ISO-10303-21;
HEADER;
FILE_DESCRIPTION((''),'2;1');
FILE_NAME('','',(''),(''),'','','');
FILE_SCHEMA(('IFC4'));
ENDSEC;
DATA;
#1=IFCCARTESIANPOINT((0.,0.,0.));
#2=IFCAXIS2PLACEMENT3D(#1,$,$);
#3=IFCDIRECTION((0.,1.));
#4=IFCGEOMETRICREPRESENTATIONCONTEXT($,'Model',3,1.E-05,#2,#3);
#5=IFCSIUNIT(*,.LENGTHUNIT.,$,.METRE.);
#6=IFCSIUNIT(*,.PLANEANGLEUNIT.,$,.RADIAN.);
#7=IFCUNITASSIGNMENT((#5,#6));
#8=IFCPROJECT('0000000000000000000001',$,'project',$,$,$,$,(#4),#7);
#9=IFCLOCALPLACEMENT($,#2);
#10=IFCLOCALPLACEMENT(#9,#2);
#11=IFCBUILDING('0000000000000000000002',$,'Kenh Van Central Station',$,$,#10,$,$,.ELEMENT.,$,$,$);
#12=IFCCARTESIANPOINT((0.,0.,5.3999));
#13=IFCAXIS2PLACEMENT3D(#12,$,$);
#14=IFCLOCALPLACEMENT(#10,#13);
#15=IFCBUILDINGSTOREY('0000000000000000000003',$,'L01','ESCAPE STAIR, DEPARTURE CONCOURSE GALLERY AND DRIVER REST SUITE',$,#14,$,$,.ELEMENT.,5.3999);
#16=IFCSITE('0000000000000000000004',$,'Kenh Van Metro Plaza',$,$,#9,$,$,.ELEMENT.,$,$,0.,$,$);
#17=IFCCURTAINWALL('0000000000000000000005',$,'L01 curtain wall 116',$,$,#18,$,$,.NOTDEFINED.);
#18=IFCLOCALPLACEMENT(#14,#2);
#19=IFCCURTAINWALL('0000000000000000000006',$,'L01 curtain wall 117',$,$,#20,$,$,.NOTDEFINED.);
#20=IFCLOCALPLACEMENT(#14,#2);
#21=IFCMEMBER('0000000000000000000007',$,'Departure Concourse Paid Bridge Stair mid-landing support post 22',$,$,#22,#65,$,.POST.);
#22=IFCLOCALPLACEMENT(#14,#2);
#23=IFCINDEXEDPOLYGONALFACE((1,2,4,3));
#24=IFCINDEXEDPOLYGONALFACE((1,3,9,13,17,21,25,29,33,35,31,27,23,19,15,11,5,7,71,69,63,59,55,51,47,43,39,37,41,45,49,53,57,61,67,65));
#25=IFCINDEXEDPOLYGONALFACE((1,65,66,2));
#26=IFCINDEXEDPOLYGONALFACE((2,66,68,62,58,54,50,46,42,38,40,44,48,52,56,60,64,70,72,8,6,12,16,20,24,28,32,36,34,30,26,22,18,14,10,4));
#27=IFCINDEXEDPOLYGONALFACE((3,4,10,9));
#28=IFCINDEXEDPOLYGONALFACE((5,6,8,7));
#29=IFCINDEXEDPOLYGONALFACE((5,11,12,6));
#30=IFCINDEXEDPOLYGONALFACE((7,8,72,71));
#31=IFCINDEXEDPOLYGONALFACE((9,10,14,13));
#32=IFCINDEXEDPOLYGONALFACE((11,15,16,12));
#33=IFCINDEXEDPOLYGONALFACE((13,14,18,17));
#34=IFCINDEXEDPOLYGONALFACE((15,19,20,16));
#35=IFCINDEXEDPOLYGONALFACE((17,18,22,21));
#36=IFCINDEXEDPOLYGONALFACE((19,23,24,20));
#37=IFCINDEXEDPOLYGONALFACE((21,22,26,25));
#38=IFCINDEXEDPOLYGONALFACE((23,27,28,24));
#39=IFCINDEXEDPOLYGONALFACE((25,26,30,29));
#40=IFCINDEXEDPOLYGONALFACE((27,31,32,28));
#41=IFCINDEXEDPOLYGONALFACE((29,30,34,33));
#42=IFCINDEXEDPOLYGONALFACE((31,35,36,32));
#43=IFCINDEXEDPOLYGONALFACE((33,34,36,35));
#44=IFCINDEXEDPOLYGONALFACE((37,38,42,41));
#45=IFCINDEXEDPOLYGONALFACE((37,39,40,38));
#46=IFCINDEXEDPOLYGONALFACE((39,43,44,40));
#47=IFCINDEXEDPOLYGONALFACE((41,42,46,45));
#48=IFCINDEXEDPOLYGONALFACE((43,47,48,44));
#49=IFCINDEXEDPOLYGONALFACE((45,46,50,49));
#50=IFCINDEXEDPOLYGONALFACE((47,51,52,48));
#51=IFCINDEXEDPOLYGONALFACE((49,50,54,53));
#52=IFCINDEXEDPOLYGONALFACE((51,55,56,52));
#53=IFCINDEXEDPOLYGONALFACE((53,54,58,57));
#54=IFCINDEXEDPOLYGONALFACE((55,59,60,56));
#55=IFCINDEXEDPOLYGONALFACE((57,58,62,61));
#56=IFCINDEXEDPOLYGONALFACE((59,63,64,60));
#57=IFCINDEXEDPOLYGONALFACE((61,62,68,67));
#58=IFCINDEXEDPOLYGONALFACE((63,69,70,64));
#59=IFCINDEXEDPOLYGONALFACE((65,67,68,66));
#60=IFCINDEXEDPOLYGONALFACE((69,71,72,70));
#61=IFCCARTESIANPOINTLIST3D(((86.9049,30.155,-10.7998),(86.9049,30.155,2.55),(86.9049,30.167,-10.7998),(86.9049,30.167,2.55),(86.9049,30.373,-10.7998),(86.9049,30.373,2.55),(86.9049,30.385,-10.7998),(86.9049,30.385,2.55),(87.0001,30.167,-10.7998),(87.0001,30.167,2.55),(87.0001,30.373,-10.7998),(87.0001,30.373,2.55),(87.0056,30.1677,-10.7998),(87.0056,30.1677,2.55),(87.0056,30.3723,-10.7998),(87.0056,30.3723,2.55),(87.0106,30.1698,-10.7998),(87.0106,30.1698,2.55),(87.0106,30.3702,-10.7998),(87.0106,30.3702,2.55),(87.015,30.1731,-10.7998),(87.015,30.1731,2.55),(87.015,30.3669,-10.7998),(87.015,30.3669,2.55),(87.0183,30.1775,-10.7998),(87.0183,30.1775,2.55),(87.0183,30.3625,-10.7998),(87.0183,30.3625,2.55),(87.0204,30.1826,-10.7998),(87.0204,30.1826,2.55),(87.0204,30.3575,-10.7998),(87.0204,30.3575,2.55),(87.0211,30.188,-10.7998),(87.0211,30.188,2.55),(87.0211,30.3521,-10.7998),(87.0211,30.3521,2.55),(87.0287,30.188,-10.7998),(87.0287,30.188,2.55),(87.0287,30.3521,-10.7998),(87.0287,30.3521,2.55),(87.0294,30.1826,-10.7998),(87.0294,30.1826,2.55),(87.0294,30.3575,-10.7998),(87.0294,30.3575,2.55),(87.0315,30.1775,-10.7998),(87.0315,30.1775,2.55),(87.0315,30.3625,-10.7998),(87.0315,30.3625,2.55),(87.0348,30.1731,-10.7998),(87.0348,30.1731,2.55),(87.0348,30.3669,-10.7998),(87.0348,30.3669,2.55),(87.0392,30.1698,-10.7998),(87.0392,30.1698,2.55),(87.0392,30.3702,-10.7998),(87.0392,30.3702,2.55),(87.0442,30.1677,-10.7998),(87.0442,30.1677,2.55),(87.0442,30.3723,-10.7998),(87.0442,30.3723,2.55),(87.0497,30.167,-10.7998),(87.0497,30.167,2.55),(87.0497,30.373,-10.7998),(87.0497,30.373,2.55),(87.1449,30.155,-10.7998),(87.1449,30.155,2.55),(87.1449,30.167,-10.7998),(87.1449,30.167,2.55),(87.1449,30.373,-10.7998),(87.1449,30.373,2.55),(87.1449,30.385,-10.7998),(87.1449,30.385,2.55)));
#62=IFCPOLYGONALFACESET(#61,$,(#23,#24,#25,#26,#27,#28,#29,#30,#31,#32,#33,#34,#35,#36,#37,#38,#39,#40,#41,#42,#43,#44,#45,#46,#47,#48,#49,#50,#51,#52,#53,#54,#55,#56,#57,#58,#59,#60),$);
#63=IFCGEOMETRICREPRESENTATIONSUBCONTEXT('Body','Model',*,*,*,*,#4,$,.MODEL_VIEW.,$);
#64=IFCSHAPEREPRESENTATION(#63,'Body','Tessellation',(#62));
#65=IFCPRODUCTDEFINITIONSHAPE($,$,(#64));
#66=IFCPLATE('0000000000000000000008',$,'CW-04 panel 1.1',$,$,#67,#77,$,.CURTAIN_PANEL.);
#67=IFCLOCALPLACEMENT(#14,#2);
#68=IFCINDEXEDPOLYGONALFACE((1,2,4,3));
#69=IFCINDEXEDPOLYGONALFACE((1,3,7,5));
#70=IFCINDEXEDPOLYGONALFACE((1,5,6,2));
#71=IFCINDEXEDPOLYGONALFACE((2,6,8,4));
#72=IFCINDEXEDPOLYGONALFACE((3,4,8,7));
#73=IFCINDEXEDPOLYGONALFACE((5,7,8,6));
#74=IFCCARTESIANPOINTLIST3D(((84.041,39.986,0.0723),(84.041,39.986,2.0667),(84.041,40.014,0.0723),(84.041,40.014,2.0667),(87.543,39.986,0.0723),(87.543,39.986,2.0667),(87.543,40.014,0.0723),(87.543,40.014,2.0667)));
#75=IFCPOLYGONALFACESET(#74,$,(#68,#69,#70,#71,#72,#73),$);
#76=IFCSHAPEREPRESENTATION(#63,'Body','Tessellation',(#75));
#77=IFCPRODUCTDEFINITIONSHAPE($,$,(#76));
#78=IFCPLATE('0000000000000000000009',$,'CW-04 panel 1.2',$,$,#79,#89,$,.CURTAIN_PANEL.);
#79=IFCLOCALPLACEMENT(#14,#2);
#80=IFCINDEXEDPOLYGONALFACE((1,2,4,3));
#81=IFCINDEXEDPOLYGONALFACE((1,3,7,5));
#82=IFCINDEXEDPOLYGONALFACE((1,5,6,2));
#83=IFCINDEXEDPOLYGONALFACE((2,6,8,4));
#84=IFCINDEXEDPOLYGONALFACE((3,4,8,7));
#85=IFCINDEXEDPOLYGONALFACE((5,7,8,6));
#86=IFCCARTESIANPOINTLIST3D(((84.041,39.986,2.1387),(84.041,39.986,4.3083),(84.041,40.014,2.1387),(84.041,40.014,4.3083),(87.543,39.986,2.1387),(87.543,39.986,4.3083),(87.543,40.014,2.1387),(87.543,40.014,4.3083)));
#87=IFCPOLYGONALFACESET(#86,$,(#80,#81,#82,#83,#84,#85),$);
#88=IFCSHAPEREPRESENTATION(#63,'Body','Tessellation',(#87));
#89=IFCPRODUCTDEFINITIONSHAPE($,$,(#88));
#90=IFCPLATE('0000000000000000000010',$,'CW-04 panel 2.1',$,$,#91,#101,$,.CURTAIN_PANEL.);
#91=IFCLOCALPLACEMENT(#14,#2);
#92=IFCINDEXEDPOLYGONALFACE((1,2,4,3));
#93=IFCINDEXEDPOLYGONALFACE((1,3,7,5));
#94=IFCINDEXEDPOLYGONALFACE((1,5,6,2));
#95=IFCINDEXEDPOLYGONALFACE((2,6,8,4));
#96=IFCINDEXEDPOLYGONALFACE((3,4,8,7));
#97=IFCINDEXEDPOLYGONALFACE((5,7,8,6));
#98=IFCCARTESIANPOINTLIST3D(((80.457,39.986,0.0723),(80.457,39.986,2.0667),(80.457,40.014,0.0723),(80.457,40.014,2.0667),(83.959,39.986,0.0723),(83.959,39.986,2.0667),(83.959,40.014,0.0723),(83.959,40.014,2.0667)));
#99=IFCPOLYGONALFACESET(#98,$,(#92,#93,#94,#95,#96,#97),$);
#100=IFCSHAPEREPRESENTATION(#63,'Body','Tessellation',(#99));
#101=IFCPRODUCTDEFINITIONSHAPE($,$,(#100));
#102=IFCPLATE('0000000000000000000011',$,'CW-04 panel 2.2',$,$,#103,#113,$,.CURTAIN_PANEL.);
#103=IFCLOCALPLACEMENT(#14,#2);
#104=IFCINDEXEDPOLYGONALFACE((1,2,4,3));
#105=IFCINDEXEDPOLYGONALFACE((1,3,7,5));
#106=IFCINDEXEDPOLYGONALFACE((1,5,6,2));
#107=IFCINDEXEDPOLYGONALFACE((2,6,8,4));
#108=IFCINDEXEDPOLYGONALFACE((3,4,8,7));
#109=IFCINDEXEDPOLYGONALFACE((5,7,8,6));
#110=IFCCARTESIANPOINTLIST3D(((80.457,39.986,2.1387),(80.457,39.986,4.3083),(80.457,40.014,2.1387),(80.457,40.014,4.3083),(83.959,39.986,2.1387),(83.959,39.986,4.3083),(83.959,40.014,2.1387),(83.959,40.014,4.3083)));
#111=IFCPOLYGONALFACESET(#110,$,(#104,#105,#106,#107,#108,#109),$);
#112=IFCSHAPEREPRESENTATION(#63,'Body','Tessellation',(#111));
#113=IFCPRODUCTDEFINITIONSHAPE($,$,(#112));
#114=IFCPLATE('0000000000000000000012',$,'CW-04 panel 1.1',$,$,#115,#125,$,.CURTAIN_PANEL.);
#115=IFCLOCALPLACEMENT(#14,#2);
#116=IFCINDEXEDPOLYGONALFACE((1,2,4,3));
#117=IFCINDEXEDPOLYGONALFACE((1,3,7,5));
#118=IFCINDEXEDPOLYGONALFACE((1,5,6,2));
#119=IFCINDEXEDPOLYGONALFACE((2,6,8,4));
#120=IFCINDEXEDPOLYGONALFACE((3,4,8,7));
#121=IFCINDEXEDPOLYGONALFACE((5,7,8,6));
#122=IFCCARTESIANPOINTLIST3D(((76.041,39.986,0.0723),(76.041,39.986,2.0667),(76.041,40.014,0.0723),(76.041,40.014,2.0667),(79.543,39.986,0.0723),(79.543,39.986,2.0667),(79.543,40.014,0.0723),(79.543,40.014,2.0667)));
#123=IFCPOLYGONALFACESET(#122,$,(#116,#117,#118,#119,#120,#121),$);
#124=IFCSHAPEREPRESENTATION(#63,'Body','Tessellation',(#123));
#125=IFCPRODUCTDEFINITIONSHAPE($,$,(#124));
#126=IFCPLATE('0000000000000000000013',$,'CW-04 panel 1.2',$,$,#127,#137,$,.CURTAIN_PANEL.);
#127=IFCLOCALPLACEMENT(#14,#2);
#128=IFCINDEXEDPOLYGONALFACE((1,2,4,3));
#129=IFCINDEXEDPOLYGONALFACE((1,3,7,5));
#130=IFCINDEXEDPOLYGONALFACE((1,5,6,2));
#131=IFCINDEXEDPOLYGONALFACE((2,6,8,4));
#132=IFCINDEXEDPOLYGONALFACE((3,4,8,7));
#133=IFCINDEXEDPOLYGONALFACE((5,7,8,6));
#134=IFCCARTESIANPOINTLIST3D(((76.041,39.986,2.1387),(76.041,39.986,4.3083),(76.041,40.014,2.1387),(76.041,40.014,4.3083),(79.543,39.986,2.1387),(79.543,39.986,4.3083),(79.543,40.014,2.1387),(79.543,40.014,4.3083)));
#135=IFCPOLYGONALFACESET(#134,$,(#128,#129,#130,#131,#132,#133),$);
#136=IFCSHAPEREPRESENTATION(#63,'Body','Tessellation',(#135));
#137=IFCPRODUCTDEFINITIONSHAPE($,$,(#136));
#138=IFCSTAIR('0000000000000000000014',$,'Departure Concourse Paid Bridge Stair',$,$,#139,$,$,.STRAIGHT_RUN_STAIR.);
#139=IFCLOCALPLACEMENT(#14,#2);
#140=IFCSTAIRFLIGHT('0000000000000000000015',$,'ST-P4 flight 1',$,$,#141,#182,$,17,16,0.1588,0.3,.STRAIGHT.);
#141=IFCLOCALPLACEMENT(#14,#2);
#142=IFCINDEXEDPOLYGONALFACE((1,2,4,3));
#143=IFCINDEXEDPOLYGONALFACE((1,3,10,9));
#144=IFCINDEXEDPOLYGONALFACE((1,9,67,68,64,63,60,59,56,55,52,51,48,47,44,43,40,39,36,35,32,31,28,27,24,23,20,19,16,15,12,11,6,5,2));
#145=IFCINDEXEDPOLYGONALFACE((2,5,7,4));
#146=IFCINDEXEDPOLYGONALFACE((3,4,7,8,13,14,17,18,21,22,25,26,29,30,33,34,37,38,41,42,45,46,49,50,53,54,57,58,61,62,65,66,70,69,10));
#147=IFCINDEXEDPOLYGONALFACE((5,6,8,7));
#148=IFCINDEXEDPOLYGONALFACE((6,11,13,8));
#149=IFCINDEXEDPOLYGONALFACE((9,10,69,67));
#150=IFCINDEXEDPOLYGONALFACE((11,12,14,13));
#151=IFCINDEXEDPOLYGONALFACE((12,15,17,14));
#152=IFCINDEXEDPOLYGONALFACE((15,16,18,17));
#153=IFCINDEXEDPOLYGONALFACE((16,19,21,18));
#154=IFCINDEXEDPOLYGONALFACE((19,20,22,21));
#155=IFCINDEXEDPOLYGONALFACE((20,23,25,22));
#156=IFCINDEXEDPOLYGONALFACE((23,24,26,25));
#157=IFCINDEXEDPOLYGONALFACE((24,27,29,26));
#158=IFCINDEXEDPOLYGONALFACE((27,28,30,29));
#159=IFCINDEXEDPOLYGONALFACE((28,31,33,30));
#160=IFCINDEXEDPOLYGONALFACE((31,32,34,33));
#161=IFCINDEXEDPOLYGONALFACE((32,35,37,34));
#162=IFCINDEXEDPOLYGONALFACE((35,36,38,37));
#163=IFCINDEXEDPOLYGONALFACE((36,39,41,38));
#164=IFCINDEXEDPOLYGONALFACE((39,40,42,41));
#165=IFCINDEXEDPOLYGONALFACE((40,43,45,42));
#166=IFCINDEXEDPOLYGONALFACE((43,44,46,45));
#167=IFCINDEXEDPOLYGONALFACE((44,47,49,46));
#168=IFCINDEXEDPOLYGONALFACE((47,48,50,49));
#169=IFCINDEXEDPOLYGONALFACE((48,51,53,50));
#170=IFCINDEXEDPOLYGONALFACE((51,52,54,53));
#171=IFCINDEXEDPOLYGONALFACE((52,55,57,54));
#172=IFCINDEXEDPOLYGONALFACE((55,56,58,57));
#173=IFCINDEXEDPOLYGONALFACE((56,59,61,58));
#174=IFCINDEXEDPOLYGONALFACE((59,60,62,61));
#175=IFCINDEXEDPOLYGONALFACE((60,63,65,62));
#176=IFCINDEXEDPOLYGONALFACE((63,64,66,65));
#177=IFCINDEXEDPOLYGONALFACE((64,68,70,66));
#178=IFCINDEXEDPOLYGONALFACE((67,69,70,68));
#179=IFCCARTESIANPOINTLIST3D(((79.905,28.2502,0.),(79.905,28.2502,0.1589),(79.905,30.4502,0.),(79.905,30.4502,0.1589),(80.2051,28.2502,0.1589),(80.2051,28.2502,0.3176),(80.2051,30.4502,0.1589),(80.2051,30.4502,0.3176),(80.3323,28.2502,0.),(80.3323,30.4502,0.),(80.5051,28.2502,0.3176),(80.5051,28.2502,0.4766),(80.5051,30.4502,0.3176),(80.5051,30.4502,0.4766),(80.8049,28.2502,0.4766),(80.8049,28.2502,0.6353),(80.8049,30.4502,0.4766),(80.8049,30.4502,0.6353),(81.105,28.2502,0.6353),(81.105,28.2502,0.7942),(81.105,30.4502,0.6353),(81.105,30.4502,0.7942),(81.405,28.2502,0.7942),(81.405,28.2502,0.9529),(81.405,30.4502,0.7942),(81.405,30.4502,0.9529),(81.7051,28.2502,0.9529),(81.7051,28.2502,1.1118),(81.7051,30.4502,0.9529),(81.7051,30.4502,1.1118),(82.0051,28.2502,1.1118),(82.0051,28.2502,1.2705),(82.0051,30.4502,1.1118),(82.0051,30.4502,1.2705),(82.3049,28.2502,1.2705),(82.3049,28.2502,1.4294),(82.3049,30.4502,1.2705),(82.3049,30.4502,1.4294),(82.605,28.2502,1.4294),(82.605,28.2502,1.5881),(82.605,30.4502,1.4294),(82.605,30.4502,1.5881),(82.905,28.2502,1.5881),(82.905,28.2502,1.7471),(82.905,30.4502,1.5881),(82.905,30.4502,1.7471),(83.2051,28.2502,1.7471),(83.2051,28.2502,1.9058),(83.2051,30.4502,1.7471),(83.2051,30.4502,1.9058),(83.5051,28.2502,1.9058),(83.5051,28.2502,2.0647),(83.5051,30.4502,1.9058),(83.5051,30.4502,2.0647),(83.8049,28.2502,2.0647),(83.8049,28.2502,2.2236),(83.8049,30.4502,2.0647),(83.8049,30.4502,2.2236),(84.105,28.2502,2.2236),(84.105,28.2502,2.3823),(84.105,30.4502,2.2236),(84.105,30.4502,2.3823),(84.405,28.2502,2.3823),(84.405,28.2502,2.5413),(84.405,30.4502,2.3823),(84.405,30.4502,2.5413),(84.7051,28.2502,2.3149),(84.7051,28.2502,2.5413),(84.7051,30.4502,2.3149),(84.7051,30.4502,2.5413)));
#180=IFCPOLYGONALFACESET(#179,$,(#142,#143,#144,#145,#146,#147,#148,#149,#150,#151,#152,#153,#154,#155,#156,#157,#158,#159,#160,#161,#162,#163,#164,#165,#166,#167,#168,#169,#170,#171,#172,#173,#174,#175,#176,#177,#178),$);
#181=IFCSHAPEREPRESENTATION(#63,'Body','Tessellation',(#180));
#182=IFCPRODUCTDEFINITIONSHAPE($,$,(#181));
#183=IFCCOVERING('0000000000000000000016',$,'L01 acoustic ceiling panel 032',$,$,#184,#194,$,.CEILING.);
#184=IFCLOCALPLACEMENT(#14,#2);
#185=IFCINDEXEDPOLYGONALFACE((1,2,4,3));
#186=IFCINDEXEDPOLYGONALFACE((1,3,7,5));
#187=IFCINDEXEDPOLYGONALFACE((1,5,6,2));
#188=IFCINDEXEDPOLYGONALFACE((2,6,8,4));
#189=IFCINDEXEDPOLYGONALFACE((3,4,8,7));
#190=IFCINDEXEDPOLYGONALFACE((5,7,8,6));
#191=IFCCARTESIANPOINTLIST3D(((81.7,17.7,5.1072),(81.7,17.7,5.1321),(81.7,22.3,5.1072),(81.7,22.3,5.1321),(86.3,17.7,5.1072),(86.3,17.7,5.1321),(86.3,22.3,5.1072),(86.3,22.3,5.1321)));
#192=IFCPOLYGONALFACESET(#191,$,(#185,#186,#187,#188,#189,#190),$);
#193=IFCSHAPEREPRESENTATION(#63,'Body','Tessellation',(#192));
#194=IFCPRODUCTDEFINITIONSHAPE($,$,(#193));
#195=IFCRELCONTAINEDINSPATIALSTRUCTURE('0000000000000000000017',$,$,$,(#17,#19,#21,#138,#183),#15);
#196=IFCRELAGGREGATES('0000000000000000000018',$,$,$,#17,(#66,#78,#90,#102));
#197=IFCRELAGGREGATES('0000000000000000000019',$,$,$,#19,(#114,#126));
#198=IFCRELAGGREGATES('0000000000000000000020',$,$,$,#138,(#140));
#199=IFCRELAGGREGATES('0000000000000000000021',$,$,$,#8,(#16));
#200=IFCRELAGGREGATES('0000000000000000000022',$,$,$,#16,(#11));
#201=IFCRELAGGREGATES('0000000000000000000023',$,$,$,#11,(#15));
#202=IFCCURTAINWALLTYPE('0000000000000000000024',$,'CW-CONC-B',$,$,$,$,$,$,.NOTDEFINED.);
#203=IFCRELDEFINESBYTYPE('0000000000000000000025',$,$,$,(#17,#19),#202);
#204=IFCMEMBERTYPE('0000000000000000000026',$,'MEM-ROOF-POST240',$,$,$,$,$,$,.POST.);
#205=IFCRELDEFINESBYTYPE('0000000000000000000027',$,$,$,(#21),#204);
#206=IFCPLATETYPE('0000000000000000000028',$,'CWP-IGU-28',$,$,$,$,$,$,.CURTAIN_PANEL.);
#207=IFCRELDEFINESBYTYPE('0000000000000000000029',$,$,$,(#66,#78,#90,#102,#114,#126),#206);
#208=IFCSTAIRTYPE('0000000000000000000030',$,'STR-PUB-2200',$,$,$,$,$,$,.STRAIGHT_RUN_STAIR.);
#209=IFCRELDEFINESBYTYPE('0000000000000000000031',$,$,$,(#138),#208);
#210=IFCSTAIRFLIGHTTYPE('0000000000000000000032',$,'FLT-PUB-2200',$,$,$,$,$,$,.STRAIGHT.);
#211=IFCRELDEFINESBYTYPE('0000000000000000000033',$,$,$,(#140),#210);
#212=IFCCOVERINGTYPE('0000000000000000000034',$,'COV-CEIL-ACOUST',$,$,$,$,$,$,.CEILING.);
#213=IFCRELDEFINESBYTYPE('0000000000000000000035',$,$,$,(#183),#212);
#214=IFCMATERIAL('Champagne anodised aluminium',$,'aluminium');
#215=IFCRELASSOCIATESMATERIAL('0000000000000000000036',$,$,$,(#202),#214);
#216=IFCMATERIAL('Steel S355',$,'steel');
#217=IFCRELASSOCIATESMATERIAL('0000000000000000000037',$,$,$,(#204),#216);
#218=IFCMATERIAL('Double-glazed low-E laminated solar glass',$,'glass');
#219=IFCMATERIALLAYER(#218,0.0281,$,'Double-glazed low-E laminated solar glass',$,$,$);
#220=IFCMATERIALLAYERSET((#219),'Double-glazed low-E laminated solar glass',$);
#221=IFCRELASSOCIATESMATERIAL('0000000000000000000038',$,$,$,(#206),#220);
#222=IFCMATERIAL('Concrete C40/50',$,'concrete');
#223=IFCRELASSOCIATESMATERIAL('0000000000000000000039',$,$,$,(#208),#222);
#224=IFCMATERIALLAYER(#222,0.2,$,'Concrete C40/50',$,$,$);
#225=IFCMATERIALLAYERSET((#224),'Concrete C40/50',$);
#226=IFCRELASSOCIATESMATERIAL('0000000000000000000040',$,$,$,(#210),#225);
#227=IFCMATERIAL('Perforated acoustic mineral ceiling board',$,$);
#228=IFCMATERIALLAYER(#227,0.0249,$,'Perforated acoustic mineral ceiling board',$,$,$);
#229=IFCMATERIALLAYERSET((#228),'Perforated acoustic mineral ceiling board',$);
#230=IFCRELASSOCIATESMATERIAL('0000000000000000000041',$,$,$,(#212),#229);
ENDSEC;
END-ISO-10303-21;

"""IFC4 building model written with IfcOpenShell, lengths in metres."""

from ifc_helpers import new_model, si_unit, direction, frame, origin, origin_2d, place, context, subcontext, project, spatial, polyline, rectangle, i_section, outline, extrude, material, layer, layer_set, material_profile, profile_set, type_object, element, aggregate, save


model = new_model("IFC4")

# Units and contexts
model_context = context("Model", 3, precision=1e-05, world=origin(), true_north=direction((0.0, 1.0)))
body_context = subcontext(model_context, "Body", "Model", "MODEL_VIEW")
ifc_project = project(units=[si_unit("LENGTHUNIT", "METRE"), si_unit("PLANEANGLEUNIT", "RADIAN")], contexts=[model_context])

# Site, building, storey
site_placement = place(None, origin())
site = spatial("IfcSite", under=ifc_project, at=site_placement, Name="Kenh Van Metro Plaza", CompositionType="ELEMENT", RefElevation=0.0)
building_placement = place(site_placement, origin())
building = spatial("IfcBuilding", under=site, at=building_placement, Name="Kenh Van Central Station", CompositionType="ELEMENT")
storey_placement = place(building_placement, frame((0.0, 0.0, 5.3999)))
storey = spatial("IfcBuildingStorey", under=building, at=storey_placement, Name="L01", Description="ESCAPE STAIR, DEPARTURE CONCOURSE GALLERY AND DRIVER REST SUITE", CompositionType="ELEMENT", Elevation=5.3999)

# Shared definitions
ifc_material_1 = material(Name="Concrete C40/50", Category="concrete")

# Curtain walls
ifc_material_2 = material(Name="Champagne anodised aluminium", Category="aluminium")
curtain_wall_type = type_object("IfcCurtainWallType", Name="CW-CONC-B", PredefinedType="NOTDEFINED", material=ifc_material_2)
curtain_wall_1_placement = place(storey_placement, origin())
curtain_wall_1 = element("IfcCurtainWall", 1, at=curtain_wall_1_placement, inside=storey, type_object=curtain_wall_type, Name="L01 curtain wall 116", PredefinedType="NOTDEFINED")
curtain_wall_2_placement = place(storey_placement, origin())
curtain_wall_2 = element("IfcCurtainWall", 2, at=curtain_wall_2_placement, inside=storey, type_object=curtain_wall_type, Name="L01 curtain wall 117", PredefinedType="NOTDEFINED")

# Member
ifc_material_3 = material(Name="Steel S355", Category="steel")
ifc_material_profile_1 = material_profile(ifc_material_3, i_section(OverallWidth=0.24, OverallDepth=0.23, WebThickness=0.0076, FlangeThickness=0.012, FilletRadius=0.021, at=origin_2d()), Name="HEA 240")
ifc_profile_set_1 = profile_set([ifc_material_profile_1], Name="Steel S355")
member_type_1 = type_object("IfcMemberType", Name="MEM-ROOF-POST240", PredefinedType="POST", material=ifc_profile_set_1)
for number, where, z_axis, x_axis, name in (
    (3, (87.0249, 30.27, -10.7998), (0.0, 0.0, 1.0), (1.0, 0.0, 0.0), "Departure Concourse Paid Bridge Stair mid-landing support post 22"),
):
    element("IfcMember", number, at=place(storey_placement, frame(where, z_axis=z_axis, x_axis=x_axis)), inside=storey, type_object=member_type_1, Name=name, PredefinedType="POST", context=body_context, shape_type="SweptSolid", body=[
        extrude(i_section(OverallWidth=0.24, OverallDepth=0.23, WebThickness=0.0076, FlangeThickness=0.012, FilletRadius=0.021, at=origin_2d()), origin(), (0.0, 0.0, 1.0), 13.3499),
    ])

# Plates
ifc_material_4 = material(Name="Double-glazed low-E laminated solar glass", Category="glass")
ifc_layer_1 = layer(ifc_material_4, 0.0281, Name="Double-glazed low-E laminated solar glass")
ifc_layer_set_1 = layer_set([ifc_layer_1], Name="Double-glazed low-E laminated solar glass")
plate_type = type_object("IfcPlateType", Name="CWP-IGU-28", PredefinedType="CURTAIN_PANEL", material=ifc_layer_set_1)
plate_1_placement = place(storey_placement, frame((85.792, 40.0, 0.0723), z_axis=(0.0, 0.0, 1.0), x_axis=(-1.0, 0.0, 0.0)))
plate_1 = element("IfcPlate", 4, at=plate_1_placement, type_object=plate_type, Name="CW-04 panel 1.1", PredefinedType="CURTAIN_PANEL", context=body_context, shape_type="SweptSolid", body=[
    extrude(rectangle(XDim=3.502, YDim=0.0281, at=origin_2d()), origin(), (0.0, 0.0, 1.0), 1.9944),
])
plate_2_placement = place(storey_placement, frame((85.792, 40.0, 2.1387), z_axis=(0.0, 0.0, 1.0), x_axis=(-1.0, 0.0, 0.0)))
plate_2 = element("IfcPlate", 5, at=plate_2_placement, type_object=plate_type, Name="CW-04 panel 1.2", PredefinedType="CURTAIN_PANEL", context=body_context, shape_type="SweptSolid", body=[
    extrude(rectangle(XDim=3.502, YDim=0.0281, at=origin_2d()), origin(), (0.0, 0.0, 1.0), 2.1697),
])
plate_3_placement = place(storey_placement, frame((82.208, 40.0, 0.0723), z_axis=(0.0, 0.0, 1.0), x_axis=(-1.0, 0.0, 0.0)))
plate_3 = element("IfcPlate", 6, at=plate_3_placement, type_object=plate_type, Name="CW-04 panel 2.1", PredefinedType="CURTAIN_PANEL", context=body_context, shape_type="SweptSolid", body=[
    extrude(rectangle(XDim=3.502, YDim=0.0281, at=origin_2d()), origin(), (0.0, 0.0, 1.0), 1.9944),
])
plate_4_placement = place(storey_placement, frame((82.208, 40.0, 2.1387), z_axis=(0.0, 0.0, 1.0), x_axis=(-1.0, 0.0, 0.0)))
plate_4 = element("IfcPlate", 7, at=plate_4_placement, type_object=plate_type, Name="CW-04 panel 2.2", PredefinedType="CURTAIN_PANEL", context=body_context, shape_type="SweptSolid", body=[
    extrude(rectangle(XDim=3.502, YDim=0.0281, at=origin_2d()), origin(), (0.0, 0.0, 1.0), 2.1697),
])
aggregate(curtain_wall_1, [plate_1, plate_2, plate_3, plate_4])
plate_5_placement = place(storey_placement, frame((77.792, 40.0, 0.0723), z_axis=(0.0, 0.0, 1.0), x_axis=(-1.0, 0.0, 0.0)))
plate_5 = element("IfcPlate", 8, at=plate_5_placement, type_object=plate_type, Name="CW-04 panel 1.1", PredefinedType="CURTAIN_PANEL", context=body_context, shape_type="SweptSolid", body=[
    extrude(rectangle(XDim=3.502, YDim=0.0281, at=origin_2d()), origin(), (0.0, 0.0, 1.0), 1.9944),
])
plate_6_placement = place(storey_placement, frame((77.792, 40.0, 2.1387), z_axis=(0.0, 0.0, 1.0), x_axis=(-1.0, 0.0, 0.0)))
plate_6 = element("IfcPlate", 9, at=plate_6_placement, type_object=plate_type, Name="CW-04 panel 1.2", PredefinedType="CURTAIN_PANEL", context=body_context, shape_type="SweptSolid", body=[
    extrude(rectangle(XDim=3.502, YDim=0.0281, at=origin_2d()), origin(), (0.0, 0.0, 1.0), 2.1697),
])
aggregate(curtain_wall_2, [plate_5, plate_6])

# Stair, stair flight
stair_type = type_object("IfcStairType", Name="STR-PUB-2200", PredefinedType="STRAIGHT_RUN_STAIR", material=ifc_material_1)
stair_placement = place(storey_placement, origin())
stair = element("IfcStair", 10, at=stair_placement, inside=storey, type_object=stair_type, Name="Departure Concourse Paid Bridge Stair", PredefinedType="STRAIGHT_RUN_STAIR")
ifc_layer_2 = layer(ifc_material_1, 0.2, Name="Concrete C40/50")
ifc_layer_set_2 = layer_set([ifc_layer_2], Name="Concrete C40/50")
stair_flight_type = type_object("IfcStairFlightType", Name="FLT-PUB-2200", PredefinedType="STRAIGHT", material=ifc_layer_set_2)
stair_flight_placement = place(storey_placement, frame((79.905, 29.3501, 0.0), z_axis=(0.0, 0.0, 1.0), x_axis=(1.0, 0.0, 0.0)))
stair_flight = element("IfcStairFlight", 11, at=stair_flight_placement, type_object=stair_flight_type, Name="ST-P4 flight 1", NumberOfRisers=17, NumberOfTreads=16, PredefinedType="STRAIGHT", RiserHeight=0.1588, TreadLength=0.3, context=body_context, shape_type="SweptSolid", body=[
    extrude(outline(polyline([(0.0, 0.0), (0.0, 0.1589), (0.3, 0.1589), (0.3, 0.3176), (0.6001, 0.3176), (0.6001, 0.4766), (0.8999, 0.4766), (0.8999, 0.6353), (1.2, 0.6353), (1.2, 0.7942), (1.5, 0.7942), (1.5, 0.9529), (1.8, 0.9529), (1.8, 1.1118), (2.1001, 1.1118), (2.1001, 1.2705), (2.3999, 1.2705), (2.3999, 1.4294), (2.7, 1.4294), (2.7, 1.5881), (3.0, 1.5881), (3.0, 1.7471), (3.3, 1.7471), (3.3, 1.9058), (3.6001, 1.9058), (3.6001, 2.0647), (3.8999, 2.0647), (3.8999, 2.2236), (4.2, 2.2236), (4.2, 2.3823), (4.5, 2.3823), (4.5, 2.5413), (4.8, 2.5413), (4.8, 2.7), (4.8, 2.3149), (0.4272, 0.0), (0.0, 0.0)])), frame((0.0, 1.1001, 0.0), z_axis=(0.0, -1.0, 0.0), x_axis=(1.0, 0.0, 0.0)), (0.0, 0.0, 1.0), 2.2),
])
aggregate(stair, [stair_flight])

# Covering
ifc_material_5 = material(Name="Perforated acoustic mineral ceiling board")
ifc_layer_3 = layer(ifc_material_5, 0.0249, Name="Perforated acoustic mineral ceiling board")
ifc_layer_set_3 = layer_set([ifc_layer_3], Name="Perforated acoustic mineral ceiling board")
covering_type = type_object("IfcCoveringType", Name="COV-CEIL-ACOUST", PredefinedType="CEILING", material=ifc_layer_set_3)
covering_placement = place(storey_placement, frame((84.0, 20.0, 5.1072), z_axis=(0.0, 0.0, 1.0), x_axis=(1.0, 0.0, 0.0)))
element("IfcCovering", 12, at=covering_placement, inside=storey, type_object=covering_type, Name="L01 acoustic ceiling panel 032", PredefinedType="CEILING", context=body_context, shape_type="SweptSolid", body=[
    extrude(rectangle(XDim=4.6001, YDim=4.6001, at=origin_2d()), origin(), (0.0, 0.0, 1.0), 0.0249),
])

save(model, "model.ifc")
